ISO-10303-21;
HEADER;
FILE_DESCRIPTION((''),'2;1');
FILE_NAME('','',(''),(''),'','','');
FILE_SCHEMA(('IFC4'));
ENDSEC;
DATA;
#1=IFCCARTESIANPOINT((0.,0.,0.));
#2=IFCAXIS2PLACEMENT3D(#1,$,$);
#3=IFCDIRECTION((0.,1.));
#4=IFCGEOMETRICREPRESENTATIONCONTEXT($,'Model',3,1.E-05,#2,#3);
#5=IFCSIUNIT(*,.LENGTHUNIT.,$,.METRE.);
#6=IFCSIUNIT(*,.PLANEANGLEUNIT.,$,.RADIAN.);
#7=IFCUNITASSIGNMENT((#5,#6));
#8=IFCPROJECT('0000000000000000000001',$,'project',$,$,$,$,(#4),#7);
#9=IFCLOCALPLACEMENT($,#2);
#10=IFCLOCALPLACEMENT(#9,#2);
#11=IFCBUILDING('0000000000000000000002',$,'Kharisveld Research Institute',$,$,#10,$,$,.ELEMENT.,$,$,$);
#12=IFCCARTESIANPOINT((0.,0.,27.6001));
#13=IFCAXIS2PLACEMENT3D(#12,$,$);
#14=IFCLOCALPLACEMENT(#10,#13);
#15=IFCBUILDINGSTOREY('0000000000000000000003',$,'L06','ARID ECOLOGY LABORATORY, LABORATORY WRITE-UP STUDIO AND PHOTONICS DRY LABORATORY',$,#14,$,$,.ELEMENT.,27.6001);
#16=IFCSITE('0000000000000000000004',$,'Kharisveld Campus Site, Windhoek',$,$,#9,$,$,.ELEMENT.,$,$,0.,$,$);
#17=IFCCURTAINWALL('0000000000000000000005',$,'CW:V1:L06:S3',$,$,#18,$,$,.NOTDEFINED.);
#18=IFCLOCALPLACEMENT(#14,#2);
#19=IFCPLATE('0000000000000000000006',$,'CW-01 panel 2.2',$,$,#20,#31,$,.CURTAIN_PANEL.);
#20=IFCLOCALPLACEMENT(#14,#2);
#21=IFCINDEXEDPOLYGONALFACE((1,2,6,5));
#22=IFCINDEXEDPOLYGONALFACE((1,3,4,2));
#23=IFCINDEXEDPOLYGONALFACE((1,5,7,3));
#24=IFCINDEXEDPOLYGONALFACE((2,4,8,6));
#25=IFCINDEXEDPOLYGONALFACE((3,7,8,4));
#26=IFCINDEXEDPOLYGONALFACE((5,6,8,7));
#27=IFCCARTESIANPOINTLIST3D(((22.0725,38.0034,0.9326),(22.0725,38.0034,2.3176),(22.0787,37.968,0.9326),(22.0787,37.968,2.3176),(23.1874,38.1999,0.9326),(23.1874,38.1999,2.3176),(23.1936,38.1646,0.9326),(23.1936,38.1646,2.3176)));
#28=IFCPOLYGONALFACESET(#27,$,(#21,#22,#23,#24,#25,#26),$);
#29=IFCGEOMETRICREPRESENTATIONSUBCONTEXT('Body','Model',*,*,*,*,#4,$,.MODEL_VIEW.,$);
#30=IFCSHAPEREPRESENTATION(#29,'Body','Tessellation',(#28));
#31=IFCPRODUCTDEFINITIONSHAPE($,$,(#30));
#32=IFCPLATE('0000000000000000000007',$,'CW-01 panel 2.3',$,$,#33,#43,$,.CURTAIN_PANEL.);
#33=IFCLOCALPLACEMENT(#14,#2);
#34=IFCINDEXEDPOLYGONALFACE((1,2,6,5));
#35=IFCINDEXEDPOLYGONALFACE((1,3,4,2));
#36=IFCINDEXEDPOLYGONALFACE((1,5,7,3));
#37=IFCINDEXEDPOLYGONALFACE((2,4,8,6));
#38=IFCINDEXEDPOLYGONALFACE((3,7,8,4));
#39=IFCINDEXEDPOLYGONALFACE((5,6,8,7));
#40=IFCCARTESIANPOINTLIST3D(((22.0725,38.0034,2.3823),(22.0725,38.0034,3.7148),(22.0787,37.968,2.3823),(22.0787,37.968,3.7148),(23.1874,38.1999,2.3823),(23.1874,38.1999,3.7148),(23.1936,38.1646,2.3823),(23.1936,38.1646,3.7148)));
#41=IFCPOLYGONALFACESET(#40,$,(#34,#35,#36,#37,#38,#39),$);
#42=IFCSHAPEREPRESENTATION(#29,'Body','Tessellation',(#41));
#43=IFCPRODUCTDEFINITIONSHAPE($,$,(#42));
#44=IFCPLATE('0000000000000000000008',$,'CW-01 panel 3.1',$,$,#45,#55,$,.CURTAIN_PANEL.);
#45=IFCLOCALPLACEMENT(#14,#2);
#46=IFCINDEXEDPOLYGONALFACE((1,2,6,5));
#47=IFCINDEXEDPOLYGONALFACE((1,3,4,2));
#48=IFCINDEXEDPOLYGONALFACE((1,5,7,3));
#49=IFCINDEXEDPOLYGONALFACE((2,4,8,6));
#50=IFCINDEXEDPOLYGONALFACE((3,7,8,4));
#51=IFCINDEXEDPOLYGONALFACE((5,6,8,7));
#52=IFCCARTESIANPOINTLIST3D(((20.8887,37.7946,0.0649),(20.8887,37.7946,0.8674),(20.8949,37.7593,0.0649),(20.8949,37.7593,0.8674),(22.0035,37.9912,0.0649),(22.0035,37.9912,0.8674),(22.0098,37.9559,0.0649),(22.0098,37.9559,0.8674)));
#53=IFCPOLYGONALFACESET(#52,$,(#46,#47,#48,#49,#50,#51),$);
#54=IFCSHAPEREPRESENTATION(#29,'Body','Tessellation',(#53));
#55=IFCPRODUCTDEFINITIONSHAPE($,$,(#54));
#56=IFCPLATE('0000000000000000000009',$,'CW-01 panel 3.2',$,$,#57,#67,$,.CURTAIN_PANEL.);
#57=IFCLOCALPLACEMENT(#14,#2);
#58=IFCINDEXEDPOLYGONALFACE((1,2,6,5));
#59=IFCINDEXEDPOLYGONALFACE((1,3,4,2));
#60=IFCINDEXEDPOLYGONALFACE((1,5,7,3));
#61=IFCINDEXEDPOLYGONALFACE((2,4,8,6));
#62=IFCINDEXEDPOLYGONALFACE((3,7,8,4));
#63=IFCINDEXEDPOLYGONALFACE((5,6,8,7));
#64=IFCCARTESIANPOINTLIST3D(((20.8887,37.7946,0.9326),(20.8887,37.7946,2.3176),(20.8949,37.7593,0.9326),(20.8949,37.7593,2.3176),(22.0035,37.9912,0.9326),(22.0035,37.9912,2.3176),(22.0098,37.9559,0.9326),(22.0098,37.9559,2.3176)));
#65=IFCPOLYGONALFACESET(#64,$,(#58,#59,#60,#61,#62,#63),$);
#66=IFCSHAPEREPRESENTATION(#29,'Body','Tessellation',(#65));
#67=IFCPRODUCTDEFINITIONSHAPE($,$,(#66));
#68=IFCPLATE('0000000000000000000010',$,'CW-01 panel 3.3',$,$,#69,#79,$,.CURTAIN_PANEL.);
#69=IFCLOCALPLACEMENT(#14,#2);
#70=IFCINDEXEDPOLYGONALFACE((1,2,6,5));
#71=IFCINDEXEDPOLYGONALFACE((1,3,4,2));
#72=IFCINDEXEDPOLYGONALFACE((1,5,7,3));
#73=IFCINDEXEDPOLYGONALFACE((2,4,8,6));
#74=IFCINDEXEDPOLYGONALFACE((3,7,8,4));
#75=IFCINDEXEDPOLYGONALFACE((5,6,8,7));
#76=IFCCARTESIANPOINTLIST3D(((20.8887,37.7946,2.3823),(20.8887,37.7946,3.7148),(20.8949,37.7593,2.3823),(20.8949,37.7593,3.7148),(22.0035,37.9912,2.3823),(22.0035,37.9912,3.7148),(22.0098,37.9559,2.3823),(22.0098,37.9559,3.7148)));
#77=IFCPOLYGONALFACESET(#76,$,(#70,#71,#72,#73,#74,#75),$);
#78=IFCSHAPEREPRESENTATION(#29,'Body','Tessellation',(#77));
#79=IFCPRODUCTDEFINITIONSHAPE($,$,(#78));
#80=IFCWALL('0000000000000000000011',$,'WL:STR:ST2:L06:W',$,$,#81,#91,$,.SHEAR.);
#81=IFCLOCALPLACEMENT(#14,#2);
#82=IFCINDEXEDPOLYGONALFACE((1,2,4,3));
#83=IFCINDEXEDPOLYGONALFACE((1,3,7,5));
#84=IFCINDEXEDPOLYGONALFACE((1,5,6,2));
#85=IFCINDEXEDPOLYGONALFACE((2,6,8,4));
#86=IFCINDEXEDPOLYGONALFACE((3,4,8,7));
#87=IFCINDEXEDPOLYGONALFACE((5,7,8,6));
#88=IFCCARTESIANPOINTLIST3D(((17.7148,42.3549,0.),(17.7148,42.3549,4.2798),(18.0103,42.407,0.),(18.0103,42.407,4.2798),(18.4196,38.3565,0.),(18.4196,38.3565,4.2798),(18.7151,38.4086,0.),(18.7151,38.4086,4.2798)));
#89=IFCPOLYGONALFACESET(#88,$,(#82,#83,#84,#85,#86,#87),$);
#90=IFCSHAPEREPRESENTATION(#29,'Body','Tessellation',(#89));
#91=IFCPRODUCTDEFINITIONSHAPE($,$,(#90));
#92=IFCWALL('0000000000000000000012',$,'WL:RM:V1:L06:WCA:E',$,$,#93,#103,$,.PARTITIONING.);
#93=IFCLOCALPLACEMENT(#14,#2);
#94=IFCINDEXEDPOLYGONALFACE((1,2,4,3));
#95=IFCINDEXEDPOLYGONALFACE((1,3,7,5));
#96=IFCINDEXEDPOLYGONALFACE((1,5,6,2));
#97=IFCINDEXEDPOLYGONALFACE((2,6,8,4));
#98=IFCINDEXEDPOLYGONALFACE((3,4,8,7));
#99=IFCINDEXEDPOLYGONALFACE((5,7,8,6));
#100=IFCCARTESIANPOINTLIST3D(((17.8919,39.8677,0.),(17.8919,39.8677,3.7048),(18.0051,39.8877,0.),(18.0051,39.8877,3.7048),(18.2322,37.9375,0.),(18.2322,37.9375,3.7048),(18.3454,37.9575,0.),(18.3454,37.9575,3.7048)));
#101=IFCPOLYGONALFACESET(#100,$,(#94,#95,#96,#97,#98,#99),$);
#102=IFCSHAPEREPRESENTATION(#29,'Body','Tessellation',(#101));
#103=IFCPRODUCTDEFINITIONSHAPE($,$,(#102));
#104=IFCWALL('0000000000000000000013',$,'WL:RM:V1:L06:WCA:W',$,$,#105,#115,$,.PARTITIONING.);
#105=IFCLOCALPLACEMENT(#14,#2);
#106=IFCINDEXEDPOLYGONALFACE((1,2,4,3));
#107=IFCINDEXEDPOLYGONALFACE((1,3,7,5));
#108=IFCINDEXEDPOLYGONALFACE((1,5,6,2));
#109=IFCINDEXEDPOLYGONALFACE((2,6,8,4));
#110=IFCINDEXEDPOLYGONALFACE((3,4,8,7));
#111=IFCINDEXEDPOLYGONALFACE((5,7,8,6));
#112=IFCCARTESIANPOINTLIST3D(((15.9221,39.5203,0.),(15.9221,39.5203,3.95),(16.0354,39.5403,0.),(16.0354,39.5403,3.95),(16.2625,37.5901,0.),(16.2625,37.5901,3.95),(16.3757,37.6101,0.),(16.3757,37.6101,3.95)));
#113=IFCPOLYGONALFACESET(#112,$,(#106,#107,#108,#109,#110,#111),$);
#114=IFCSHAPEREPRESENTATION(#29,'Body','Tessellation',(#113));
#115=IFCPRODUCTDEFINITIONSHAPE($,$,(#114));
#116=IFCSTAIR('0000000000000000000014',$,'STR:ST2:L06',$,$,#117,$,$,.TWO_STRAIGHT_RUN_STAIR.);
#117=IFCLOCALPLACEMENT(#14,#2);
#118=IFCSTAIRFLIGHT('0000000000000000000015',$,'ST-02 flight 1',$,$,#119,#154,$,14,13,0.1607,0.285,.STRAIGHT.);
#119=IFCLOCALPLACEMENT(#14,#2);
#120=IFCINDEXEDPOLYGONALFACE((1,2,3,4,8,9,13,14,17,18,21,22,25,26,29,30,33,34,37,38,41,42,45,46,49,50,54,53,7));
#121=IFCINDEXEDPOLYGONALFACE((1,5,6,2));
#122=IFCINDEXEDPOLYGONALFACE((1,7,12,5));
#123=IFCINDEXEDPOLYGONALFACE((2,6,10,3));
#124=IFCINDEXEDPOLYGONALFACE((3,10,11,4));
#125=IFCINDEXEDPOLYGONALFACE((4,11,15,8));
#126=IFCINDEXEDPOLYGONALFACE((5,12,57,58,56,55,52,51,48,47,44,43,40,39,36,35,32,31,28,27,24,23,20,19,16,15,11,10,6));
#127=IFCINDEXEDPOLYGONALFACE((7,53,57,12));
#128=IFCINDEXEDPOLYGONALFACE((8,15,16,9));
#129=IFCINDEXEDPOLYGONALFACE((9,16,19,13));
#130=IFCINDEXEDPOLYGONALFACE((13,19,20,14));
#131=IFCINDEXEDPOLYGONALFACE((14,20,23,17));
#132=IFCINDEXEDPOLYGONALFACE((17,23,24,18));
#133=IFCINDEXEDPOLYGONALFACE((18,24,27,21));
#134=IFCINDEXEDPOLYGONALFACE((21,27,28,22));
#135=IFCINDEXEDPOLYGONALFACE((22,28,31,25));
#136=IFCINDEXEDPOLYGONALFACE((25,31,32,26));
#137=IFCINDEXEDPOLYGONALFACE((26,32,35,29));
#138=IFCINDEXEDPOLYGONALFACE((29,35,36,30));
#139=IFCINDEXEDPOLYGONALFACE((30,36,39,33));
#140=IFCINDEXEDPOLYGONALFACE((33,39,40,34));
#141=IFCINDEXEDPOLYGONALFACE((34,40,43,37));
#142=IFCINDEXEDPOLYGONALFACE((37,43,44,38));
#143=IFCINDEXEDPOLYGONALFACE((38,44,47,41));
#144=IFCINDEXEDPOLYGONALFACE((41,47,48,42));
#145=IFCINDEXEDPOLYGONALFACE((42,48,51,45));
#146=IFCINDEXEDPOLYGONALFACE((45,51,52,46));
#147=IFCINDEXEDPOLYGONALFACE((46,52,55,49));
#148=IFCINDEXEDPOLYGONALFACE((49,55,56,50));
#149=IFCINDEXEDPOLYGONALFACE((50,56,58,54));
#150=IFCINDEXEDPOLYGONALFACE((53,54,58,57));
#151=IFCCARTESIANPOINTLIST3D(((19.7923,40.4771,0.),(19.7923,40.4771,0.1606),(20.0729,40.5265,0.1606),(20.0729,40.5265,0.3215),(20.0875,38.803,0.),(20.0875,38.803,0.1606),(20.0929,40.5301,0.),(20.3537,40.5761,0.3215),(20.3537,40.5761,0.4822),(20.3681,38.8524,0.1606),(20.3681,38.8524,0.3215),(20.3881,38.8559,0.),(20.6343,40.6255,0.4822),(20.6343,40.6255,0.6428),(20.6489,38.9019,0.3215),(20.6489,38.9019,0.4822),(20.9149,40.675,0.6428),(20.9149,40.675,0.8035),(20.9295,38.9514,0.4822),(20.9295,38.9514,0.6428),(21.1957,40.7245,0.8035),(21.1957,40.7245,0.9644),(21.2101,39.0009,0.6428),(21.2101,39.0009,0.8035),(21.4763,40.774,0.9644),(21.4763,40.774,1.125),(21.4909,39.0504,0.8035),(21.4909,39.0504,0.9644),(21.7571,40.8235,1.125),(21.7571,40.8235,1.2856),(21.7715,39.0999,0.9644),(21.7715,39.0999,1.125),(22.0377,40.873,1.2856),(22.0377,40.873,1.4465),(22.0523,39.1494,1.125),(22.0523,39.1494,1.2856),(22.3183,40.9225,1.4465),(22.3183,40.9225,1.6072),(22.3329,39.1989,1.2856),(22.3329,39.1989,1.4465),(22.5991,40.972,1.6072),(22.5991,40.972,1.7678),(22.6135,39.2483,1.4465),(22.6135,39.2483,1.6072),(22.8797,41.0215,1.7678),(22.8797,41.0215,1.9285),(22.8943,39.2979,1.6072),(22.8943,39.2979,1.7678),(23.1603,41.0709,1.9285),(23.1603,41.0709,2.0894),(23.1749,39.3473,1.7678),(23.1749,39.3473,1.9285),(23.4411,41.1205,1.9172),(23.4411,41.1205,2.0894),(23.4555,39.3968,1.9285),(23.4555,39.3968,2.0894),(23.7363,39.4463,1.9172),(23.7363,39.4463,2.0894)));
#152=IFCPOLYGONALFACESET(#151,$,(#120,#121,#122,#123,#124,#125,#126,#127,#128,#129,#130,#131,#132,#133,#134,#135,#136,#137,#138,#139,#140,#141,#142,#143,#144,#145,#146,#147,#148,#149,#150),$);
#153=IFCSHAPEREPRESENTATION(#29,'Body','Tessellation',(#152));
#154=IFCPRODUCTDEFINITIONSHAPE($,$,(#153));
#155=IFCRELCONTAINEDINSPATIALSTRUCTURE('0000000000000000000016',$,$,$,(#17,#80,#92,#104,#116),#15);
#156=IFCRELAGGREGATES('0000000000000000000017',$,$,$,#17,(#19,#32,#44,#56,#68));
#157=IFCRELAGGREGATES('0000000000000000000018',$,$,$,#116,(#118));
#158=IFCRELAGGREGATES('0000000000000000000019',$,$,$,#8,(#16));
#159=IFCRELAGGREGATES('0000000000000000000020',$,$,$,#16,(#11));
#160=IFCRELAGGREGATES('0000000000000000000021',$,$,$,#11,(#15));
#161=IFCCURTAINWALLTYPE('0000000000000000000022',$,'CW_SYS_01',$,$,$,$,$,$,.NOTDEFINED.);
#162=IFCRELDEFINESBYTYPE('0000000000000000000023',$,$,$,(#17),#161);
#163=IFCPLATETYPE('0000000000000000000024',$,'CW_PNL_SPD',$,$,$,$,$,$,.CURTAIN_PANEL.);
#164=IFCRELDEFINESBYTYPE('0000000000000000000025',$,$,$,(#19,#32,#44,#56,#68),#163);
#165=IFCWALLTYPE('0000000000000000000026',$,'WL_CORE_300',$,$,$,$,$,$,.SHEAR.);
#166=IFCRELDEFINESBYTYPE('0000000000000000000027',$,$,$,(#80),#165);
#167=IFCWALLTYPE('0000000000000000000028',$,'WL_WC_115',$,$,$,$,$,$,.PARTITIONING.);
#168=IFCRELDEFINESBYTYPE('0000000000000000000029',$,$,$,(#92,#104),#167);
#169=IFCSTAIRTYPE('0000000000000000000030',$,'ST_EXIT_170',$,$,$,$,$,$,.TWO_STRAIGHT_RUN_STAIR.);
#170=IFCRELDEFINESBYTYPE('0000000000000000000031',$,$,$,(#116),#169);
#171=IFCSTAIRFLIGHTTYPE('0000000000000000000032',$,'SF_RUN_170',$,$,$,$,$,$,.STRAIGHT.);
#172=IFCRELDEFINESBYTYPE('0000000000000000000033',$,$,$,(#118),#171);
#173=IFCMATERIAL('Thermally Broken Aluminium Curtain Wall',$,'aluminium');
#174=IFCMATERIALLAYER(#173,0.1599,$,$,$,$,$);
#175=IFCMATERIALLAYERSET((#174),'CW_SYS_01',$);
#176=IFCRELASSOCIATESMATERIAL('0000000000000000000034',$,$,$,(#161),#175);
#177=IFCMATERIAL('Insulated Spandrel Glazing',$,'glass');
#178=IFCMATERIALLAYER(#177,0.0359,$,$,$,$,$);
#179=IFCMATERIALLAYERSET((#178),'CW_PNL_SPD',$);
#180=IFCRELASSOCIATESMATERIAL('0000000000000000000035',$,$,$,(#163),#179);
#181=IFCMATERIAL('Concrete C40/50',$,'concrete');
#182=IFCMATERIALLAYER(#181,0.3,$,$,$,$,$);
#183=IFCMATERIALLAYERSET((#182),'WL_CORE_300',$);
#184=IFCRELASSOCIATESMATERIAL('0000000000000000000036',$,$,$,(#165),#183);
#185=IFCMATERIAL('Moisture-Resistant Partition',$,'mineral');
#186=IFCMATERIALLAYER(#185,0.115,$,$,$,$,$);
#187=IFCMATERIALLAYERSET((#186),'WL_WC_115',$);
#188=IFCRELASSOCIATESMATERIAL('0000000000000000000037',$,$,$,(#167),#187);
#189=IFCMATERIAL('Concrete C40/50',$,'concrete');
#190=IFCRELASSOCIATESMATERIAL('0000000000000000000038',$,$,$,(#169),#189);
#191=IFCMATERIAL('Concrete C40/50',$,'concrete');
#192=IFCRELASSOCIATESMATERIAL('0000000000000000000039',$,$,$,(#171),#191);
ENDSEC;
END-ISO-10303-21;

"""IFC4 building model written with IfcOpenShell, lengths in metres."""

from ifc_helpers import new_model, si_unit, direction, frame, frame_2d, origin, origin_2d, place, context, subcontext, project, spatial, polyline, rectangle, outline, extrude, material, layer, layer_set, type_object, element, aggregate, save


model = new_model("IFC4")

# Units and contexts
model_context = context("Model", 3, precision=1e-05, world=origin(), true_north=direction((0.0, 1.0)))
body_context = subcontext(model_context, "Body", "Model", "MODEL_VIEW")
ifc_project = project(units=[si_unit("LENGTHUNIT", "METRE"), si_unit("PLANEANGLEUNIT", "RADIAN")], contexts=[model_context])

# Site, building, storey
site_placement = place(None, origin())
site = spatial("IfcSite", under=ifc_project, at=site_placement, Name="Kharisveld Campus Site, Windhoek", CompositionType="ELEMENT", RefElevation=0.0)
building_placement = place(site_placement, origin())
building = spatial("IfcBuilding", under=site, at=building_placement, Name="Kharisveld Research Institute", CompositionType="ELEMENT")
storey_placement = place(building_placement, frame((0.0, 0.0, 27.6001)))
storey = spatial("IfcBuildingStorey", under=building, at=storey_placement, Name="L06", Description="ARID ECOLOGY LABORATORY, LABORATORY WRITE-UP STUDIO AND PHOTONICS DRY LABORATORY", CompositionType="ELEMENT", Elevation=27.6001)

# Curtain wall, plates
ifc_material_1 = material(Name="Thermally Broken Aluminium Curtain Wall", Category="aluminium")
ifc_layer_1 = layer(ifc_material_1, 0.1599)
ifc_layer_set_1 = layer_set([ifc_layer_1], Name="CW_SYS_01")
curtain_wall_type = type_object("IfcCurtainWallType", Name="CW_SYS_01", PredefinedType="NOTDEFINED", material=ifc_layer_set_1)
curtain_wall_placement = place(storey_placement, origin())
curtain_wall = element("IfcCurtainWall", 1, at=curtain_wall_placement, inside=storey, type_object=curtain_wall_type, Name="CW:V1:L06:S3", PredefinedType="NOTDEFINED")
ifc_material_2 = material(Name="Insulated Spandrel Glazing", Category="glass")
ifc_layer_2 = layer(ifc_material_2, 0.0359)
ifc_layer_set_2 = layer_set([ifc_layer_2], Name="CW_PNL_SPD")
plate_type = type_object("IfcPlateType", Name="CW_PNL_SPD", PredefinedType="CURTAIN_PANEL", material=ifc_layer_set_2)
plate_1_placement = place(storey_placement, frame((22.6331, 38.084, 0.9326), z_axis=(0.0, 0.0, 1.0), x_axis=(-0.984808, -0.173648, 0.0)))
plate_1 = element("IfcPlate", 2, at=plate_1_placement, type_object=plate_type, Name="CW-01 panel 2.2", PredefinedType="CURTAIN_PANEL", context=body_context, shape_type="SweptSolid", body=[
    extrude(rectangle(XDim=1.1321, YDim=0.0359, at=origin_2d()), origin(), (0.0, 0.0, 1.0), 1.385),
])
plate_2_placement = place(storey_placement, frame((22.6331, 38.084, 2.3823), z_axis=(0.0, 0.0, 1.0), x_axis=(-0.984808, -0.173648, 0.0)))
plate_2 = element("IfcPlate", 3, at=plate_2_placement, type_object=plate_type, Name="CW-01 panel 2.3", PredefinedType="CURTAIN_PANEL", context=body_context, shape_type="SweptSolid", body=[
    extrude(rectangle(XDim=1.1321, YDim=0.0359, at=origin_2d()), origin(), (0.0, 0.0, 1.0), 1.3325),
])
plate_3_placement = place(storey_placement, frame((21.4492, 37.8752, 0.0649), z_axis=(0.0, 0.0, 1.0), x_axis=(-0.984808, -0.173648, 0.0)))
plate_3 = element("IfcPlate", 4, at=plate_3_placement, type_object=plate_type, Name="CW-01 panel 3.1", PredefinedType="CURTAIN_PANEL", context=body_context, shape_type="SweptSolid", body=[
    extrude(rectangle(XDim=1.1321, YDim=0.0359, at=origin_2d()), origin(), (0.0, 0.0, 1.0), 0.8025),
])
plate_4_placement = place(storey_placement, frame((21.4492, 37.8752, 0.9326), z_axis=(0.0, 0.0, 1.0), x_axis=(-0.984808, -0.173648, 0.0)))
plate_4 = element("IfcPlate", 5, at=plate_4_placement, type_object=plate_type, Name="CW-01 panel 3.2", PredefinedType="CURTAIN_PANEL", context=body_context, shape_type="SweptSolid", body=[
    extrude(rectangle(XDim=1.1321, YDim=0.0359, at=origin_2d()), origin(), (0.0, 0.0, 1.0), 1.385),
])
plate_5_placement = place(storey_placement, frame((21.4492, 37.8752, 2.3823), z_axis=(0.0, 0.0, 1.0), x_axis=(-0.984808, -0.173648, 0.0)))
plate_5 = element("IfcPlate", 6, at=plate_5_placement, type_object=plate_type, Name="CW-01 panel 3.3", PredefinedType="CURTAIN_PANEL", context=body_context, shape_type="SweptSolid", body=[
    extrude(rectangle(XDim=1.1321, YDim=0.0359, at=origin_2d()), origin(), (0.0, 0.0, 1.0), 1.3325),
])
aggregate(curtain_wall, [plate_1, plate_2, plate_3, plate_4, plate_5])

# Walls
ifc_material_3 = material(Name="Concrete C40/50", Category="concrete")
ifc_layer_3 = layer(ifc_material_3, 0.3)
ifc_layer_set_3 = layer_set([ifc_layer_3], Name="WL_CORE_300")
wall_type_1 = type_object("IfcWallType", Name="WL_CORE_300", PredefinedType="SHEAR", material=ifc_layer_set_3)
wall_1_placement = place(storey_placement, frame((18.5674, 38.3826, 0.0), z_axis=(0.0, 0.0, 1.0), x_axis=(-0.173607, 0.984815, 0.0)))
element("IfcWall", 7, at=wall_1_placement, inside=storey, type_object=wall_type_1, Name="WL:STR:ST2:L06:W", PredefinedType="SHEAR", context=body_context, shape_type="SweptSolid", body=[
    extrude(rectangle(XDim=4.0601, YDim=0.3, at=frame_2d((2.03, 0.0))), origin(), (0.0, 0.0, 1.0), 4.2798),
])
ifc_material_4 = material(Name="Moisture-Resistant Partition", Category="mineral")
ifc_layer_4 = layer(ifc_material_4, 0.115)
ifc_layer_set_4 = layer_set([ifc_layer_4], Name="WL_WC_115")
wall_type_2 = type_object("IfcWallType", Name="WL_WC_115", PredefinedType="PARTITIONING", material=ifc_layer_set_4)
wall_2_placement = place(storey_placement, frame((18.2888, 37.9475, 0.0), z_axis=(0.0, 0.0, 1.0), x_axis=(-0.173643, 0.984809, 0.0)))
element("IfcWall", 8, at=wall_2_placement, inside=storey, type_object=wall_type_2, Name="WL:RM:V1:L06:WCA:E", PredefinedType="PARTITIONING", context=body_context, shape_type="SweptSolid", body=[
    extrude(rectangle(XDim=1.96, YDim=0.115, at=frame_2d((0.98, 0.0))), origin(), (0.0, 0.0, 1.0), 3.7048),
])
wall_3_placement = place(storey_placement, frame((15.9788, 39.5303, 0.0), z_axis=(0.0, 0.0, 1.0), x_axis=(0.173643, -0.984809, 0.0)))
element("IfcWall", 9, at=wall_3_placement, inside=storey, type_object=wall_type_2, Name="WL:RM:V1:L06:WCA:W", PredefinedType="PARTITIONING", context=body_context, shape_type="SweptSolid", body=[
    extrude(rectangle(XDim=1.96, YDim=0.115, at=frame_2d((0.98, 0.0))), origin(), (0.0, 0.0, 1.0), 3.95),
])

# Stair, stair flight
ifc_material_5 = material(Name="Concrete C40/50", Category="concrete")
stair_type = type_object("IfcStairType", Name="ST_EXIT_170", PredefinedType="TWO_STRAIGHT_RUN_STAIR", material=ifc_material_5)
stair_placement = place(storey_placement, origin())
stair = element("IfcStair", 10, at=stair_placement, inside=storey, type_object=stair_type, Name="STR:ST2:L06", PredefinedType="TWO_STRAIGHT_RUN_STAIR")
ifc_material_6 = material(Name="Concrete C40/50", Category="concrete")
stair_flight_type = type_object("IfcStairFlightType", Name="SF_RUN_170", PredefinedType="STRAIGHT", material=ifc_material_6)
stair_flight_placement = place(storey_placement, frame((19.9399, 39.6399, 0.0), z_axis=(0.0, 0.0, 1.0), x_axis=(0.984808, 0.173648, 0.0)))
stair_flight = element("IfcStairFlight", 11, at=stair_flight_placement, type_object=stair_flight_type, Name="ST-02 flight 1", NumberOfRisers=14, NumberOfTreads=13, PredefinedType="STRAIGHT", RiserHeight=0.1607, TreadLength=0.285, context=body_context, shape_type="SweptSolid", body=[
    extrude(outline(polyline([(0.0, 0.0), (0.0, 0.1606), (0.2849, 0.1606), (0.2849, 0.3215), (0.5701, 0.3215), (0.5701, 0.4822), (0.855, 0.4822), (0.855, 0.6428), (1.1399, 0.6428), (1.1399, 0.8035), (1.425, 0.8035), (1.425, 0.9644), (1.71, 0.9644), (1.71, 1.125), (1.9951, 1.125), (1.9951, 1.2856), (2.28, 1.2856), (2.28, 1.4465), (2.5649, 1.4465), (2.5649, 1.6072), (2.8501, 1.6072), (2.8501, 1.7678), (3.135, 1.7678), (3.135, 1.9285), (3.4199, 1.9285), (3.4199, 2.0894), (3.7051, 2.0894), (3.7051, 2.25), (3.7051, 1.9172), (0.3052, 0.0), (0.0, 0.0)])), frame((0.0, 0.8501, 0.0), z_axis=(0.0, -1.0, 0.0), x_axis=(1.0, 0.0, 0.0)), (0.0, 0.0, 1.0), 1.7),
])
aggregate(stair, [stair_flight])

save(model, "model.ifc")
